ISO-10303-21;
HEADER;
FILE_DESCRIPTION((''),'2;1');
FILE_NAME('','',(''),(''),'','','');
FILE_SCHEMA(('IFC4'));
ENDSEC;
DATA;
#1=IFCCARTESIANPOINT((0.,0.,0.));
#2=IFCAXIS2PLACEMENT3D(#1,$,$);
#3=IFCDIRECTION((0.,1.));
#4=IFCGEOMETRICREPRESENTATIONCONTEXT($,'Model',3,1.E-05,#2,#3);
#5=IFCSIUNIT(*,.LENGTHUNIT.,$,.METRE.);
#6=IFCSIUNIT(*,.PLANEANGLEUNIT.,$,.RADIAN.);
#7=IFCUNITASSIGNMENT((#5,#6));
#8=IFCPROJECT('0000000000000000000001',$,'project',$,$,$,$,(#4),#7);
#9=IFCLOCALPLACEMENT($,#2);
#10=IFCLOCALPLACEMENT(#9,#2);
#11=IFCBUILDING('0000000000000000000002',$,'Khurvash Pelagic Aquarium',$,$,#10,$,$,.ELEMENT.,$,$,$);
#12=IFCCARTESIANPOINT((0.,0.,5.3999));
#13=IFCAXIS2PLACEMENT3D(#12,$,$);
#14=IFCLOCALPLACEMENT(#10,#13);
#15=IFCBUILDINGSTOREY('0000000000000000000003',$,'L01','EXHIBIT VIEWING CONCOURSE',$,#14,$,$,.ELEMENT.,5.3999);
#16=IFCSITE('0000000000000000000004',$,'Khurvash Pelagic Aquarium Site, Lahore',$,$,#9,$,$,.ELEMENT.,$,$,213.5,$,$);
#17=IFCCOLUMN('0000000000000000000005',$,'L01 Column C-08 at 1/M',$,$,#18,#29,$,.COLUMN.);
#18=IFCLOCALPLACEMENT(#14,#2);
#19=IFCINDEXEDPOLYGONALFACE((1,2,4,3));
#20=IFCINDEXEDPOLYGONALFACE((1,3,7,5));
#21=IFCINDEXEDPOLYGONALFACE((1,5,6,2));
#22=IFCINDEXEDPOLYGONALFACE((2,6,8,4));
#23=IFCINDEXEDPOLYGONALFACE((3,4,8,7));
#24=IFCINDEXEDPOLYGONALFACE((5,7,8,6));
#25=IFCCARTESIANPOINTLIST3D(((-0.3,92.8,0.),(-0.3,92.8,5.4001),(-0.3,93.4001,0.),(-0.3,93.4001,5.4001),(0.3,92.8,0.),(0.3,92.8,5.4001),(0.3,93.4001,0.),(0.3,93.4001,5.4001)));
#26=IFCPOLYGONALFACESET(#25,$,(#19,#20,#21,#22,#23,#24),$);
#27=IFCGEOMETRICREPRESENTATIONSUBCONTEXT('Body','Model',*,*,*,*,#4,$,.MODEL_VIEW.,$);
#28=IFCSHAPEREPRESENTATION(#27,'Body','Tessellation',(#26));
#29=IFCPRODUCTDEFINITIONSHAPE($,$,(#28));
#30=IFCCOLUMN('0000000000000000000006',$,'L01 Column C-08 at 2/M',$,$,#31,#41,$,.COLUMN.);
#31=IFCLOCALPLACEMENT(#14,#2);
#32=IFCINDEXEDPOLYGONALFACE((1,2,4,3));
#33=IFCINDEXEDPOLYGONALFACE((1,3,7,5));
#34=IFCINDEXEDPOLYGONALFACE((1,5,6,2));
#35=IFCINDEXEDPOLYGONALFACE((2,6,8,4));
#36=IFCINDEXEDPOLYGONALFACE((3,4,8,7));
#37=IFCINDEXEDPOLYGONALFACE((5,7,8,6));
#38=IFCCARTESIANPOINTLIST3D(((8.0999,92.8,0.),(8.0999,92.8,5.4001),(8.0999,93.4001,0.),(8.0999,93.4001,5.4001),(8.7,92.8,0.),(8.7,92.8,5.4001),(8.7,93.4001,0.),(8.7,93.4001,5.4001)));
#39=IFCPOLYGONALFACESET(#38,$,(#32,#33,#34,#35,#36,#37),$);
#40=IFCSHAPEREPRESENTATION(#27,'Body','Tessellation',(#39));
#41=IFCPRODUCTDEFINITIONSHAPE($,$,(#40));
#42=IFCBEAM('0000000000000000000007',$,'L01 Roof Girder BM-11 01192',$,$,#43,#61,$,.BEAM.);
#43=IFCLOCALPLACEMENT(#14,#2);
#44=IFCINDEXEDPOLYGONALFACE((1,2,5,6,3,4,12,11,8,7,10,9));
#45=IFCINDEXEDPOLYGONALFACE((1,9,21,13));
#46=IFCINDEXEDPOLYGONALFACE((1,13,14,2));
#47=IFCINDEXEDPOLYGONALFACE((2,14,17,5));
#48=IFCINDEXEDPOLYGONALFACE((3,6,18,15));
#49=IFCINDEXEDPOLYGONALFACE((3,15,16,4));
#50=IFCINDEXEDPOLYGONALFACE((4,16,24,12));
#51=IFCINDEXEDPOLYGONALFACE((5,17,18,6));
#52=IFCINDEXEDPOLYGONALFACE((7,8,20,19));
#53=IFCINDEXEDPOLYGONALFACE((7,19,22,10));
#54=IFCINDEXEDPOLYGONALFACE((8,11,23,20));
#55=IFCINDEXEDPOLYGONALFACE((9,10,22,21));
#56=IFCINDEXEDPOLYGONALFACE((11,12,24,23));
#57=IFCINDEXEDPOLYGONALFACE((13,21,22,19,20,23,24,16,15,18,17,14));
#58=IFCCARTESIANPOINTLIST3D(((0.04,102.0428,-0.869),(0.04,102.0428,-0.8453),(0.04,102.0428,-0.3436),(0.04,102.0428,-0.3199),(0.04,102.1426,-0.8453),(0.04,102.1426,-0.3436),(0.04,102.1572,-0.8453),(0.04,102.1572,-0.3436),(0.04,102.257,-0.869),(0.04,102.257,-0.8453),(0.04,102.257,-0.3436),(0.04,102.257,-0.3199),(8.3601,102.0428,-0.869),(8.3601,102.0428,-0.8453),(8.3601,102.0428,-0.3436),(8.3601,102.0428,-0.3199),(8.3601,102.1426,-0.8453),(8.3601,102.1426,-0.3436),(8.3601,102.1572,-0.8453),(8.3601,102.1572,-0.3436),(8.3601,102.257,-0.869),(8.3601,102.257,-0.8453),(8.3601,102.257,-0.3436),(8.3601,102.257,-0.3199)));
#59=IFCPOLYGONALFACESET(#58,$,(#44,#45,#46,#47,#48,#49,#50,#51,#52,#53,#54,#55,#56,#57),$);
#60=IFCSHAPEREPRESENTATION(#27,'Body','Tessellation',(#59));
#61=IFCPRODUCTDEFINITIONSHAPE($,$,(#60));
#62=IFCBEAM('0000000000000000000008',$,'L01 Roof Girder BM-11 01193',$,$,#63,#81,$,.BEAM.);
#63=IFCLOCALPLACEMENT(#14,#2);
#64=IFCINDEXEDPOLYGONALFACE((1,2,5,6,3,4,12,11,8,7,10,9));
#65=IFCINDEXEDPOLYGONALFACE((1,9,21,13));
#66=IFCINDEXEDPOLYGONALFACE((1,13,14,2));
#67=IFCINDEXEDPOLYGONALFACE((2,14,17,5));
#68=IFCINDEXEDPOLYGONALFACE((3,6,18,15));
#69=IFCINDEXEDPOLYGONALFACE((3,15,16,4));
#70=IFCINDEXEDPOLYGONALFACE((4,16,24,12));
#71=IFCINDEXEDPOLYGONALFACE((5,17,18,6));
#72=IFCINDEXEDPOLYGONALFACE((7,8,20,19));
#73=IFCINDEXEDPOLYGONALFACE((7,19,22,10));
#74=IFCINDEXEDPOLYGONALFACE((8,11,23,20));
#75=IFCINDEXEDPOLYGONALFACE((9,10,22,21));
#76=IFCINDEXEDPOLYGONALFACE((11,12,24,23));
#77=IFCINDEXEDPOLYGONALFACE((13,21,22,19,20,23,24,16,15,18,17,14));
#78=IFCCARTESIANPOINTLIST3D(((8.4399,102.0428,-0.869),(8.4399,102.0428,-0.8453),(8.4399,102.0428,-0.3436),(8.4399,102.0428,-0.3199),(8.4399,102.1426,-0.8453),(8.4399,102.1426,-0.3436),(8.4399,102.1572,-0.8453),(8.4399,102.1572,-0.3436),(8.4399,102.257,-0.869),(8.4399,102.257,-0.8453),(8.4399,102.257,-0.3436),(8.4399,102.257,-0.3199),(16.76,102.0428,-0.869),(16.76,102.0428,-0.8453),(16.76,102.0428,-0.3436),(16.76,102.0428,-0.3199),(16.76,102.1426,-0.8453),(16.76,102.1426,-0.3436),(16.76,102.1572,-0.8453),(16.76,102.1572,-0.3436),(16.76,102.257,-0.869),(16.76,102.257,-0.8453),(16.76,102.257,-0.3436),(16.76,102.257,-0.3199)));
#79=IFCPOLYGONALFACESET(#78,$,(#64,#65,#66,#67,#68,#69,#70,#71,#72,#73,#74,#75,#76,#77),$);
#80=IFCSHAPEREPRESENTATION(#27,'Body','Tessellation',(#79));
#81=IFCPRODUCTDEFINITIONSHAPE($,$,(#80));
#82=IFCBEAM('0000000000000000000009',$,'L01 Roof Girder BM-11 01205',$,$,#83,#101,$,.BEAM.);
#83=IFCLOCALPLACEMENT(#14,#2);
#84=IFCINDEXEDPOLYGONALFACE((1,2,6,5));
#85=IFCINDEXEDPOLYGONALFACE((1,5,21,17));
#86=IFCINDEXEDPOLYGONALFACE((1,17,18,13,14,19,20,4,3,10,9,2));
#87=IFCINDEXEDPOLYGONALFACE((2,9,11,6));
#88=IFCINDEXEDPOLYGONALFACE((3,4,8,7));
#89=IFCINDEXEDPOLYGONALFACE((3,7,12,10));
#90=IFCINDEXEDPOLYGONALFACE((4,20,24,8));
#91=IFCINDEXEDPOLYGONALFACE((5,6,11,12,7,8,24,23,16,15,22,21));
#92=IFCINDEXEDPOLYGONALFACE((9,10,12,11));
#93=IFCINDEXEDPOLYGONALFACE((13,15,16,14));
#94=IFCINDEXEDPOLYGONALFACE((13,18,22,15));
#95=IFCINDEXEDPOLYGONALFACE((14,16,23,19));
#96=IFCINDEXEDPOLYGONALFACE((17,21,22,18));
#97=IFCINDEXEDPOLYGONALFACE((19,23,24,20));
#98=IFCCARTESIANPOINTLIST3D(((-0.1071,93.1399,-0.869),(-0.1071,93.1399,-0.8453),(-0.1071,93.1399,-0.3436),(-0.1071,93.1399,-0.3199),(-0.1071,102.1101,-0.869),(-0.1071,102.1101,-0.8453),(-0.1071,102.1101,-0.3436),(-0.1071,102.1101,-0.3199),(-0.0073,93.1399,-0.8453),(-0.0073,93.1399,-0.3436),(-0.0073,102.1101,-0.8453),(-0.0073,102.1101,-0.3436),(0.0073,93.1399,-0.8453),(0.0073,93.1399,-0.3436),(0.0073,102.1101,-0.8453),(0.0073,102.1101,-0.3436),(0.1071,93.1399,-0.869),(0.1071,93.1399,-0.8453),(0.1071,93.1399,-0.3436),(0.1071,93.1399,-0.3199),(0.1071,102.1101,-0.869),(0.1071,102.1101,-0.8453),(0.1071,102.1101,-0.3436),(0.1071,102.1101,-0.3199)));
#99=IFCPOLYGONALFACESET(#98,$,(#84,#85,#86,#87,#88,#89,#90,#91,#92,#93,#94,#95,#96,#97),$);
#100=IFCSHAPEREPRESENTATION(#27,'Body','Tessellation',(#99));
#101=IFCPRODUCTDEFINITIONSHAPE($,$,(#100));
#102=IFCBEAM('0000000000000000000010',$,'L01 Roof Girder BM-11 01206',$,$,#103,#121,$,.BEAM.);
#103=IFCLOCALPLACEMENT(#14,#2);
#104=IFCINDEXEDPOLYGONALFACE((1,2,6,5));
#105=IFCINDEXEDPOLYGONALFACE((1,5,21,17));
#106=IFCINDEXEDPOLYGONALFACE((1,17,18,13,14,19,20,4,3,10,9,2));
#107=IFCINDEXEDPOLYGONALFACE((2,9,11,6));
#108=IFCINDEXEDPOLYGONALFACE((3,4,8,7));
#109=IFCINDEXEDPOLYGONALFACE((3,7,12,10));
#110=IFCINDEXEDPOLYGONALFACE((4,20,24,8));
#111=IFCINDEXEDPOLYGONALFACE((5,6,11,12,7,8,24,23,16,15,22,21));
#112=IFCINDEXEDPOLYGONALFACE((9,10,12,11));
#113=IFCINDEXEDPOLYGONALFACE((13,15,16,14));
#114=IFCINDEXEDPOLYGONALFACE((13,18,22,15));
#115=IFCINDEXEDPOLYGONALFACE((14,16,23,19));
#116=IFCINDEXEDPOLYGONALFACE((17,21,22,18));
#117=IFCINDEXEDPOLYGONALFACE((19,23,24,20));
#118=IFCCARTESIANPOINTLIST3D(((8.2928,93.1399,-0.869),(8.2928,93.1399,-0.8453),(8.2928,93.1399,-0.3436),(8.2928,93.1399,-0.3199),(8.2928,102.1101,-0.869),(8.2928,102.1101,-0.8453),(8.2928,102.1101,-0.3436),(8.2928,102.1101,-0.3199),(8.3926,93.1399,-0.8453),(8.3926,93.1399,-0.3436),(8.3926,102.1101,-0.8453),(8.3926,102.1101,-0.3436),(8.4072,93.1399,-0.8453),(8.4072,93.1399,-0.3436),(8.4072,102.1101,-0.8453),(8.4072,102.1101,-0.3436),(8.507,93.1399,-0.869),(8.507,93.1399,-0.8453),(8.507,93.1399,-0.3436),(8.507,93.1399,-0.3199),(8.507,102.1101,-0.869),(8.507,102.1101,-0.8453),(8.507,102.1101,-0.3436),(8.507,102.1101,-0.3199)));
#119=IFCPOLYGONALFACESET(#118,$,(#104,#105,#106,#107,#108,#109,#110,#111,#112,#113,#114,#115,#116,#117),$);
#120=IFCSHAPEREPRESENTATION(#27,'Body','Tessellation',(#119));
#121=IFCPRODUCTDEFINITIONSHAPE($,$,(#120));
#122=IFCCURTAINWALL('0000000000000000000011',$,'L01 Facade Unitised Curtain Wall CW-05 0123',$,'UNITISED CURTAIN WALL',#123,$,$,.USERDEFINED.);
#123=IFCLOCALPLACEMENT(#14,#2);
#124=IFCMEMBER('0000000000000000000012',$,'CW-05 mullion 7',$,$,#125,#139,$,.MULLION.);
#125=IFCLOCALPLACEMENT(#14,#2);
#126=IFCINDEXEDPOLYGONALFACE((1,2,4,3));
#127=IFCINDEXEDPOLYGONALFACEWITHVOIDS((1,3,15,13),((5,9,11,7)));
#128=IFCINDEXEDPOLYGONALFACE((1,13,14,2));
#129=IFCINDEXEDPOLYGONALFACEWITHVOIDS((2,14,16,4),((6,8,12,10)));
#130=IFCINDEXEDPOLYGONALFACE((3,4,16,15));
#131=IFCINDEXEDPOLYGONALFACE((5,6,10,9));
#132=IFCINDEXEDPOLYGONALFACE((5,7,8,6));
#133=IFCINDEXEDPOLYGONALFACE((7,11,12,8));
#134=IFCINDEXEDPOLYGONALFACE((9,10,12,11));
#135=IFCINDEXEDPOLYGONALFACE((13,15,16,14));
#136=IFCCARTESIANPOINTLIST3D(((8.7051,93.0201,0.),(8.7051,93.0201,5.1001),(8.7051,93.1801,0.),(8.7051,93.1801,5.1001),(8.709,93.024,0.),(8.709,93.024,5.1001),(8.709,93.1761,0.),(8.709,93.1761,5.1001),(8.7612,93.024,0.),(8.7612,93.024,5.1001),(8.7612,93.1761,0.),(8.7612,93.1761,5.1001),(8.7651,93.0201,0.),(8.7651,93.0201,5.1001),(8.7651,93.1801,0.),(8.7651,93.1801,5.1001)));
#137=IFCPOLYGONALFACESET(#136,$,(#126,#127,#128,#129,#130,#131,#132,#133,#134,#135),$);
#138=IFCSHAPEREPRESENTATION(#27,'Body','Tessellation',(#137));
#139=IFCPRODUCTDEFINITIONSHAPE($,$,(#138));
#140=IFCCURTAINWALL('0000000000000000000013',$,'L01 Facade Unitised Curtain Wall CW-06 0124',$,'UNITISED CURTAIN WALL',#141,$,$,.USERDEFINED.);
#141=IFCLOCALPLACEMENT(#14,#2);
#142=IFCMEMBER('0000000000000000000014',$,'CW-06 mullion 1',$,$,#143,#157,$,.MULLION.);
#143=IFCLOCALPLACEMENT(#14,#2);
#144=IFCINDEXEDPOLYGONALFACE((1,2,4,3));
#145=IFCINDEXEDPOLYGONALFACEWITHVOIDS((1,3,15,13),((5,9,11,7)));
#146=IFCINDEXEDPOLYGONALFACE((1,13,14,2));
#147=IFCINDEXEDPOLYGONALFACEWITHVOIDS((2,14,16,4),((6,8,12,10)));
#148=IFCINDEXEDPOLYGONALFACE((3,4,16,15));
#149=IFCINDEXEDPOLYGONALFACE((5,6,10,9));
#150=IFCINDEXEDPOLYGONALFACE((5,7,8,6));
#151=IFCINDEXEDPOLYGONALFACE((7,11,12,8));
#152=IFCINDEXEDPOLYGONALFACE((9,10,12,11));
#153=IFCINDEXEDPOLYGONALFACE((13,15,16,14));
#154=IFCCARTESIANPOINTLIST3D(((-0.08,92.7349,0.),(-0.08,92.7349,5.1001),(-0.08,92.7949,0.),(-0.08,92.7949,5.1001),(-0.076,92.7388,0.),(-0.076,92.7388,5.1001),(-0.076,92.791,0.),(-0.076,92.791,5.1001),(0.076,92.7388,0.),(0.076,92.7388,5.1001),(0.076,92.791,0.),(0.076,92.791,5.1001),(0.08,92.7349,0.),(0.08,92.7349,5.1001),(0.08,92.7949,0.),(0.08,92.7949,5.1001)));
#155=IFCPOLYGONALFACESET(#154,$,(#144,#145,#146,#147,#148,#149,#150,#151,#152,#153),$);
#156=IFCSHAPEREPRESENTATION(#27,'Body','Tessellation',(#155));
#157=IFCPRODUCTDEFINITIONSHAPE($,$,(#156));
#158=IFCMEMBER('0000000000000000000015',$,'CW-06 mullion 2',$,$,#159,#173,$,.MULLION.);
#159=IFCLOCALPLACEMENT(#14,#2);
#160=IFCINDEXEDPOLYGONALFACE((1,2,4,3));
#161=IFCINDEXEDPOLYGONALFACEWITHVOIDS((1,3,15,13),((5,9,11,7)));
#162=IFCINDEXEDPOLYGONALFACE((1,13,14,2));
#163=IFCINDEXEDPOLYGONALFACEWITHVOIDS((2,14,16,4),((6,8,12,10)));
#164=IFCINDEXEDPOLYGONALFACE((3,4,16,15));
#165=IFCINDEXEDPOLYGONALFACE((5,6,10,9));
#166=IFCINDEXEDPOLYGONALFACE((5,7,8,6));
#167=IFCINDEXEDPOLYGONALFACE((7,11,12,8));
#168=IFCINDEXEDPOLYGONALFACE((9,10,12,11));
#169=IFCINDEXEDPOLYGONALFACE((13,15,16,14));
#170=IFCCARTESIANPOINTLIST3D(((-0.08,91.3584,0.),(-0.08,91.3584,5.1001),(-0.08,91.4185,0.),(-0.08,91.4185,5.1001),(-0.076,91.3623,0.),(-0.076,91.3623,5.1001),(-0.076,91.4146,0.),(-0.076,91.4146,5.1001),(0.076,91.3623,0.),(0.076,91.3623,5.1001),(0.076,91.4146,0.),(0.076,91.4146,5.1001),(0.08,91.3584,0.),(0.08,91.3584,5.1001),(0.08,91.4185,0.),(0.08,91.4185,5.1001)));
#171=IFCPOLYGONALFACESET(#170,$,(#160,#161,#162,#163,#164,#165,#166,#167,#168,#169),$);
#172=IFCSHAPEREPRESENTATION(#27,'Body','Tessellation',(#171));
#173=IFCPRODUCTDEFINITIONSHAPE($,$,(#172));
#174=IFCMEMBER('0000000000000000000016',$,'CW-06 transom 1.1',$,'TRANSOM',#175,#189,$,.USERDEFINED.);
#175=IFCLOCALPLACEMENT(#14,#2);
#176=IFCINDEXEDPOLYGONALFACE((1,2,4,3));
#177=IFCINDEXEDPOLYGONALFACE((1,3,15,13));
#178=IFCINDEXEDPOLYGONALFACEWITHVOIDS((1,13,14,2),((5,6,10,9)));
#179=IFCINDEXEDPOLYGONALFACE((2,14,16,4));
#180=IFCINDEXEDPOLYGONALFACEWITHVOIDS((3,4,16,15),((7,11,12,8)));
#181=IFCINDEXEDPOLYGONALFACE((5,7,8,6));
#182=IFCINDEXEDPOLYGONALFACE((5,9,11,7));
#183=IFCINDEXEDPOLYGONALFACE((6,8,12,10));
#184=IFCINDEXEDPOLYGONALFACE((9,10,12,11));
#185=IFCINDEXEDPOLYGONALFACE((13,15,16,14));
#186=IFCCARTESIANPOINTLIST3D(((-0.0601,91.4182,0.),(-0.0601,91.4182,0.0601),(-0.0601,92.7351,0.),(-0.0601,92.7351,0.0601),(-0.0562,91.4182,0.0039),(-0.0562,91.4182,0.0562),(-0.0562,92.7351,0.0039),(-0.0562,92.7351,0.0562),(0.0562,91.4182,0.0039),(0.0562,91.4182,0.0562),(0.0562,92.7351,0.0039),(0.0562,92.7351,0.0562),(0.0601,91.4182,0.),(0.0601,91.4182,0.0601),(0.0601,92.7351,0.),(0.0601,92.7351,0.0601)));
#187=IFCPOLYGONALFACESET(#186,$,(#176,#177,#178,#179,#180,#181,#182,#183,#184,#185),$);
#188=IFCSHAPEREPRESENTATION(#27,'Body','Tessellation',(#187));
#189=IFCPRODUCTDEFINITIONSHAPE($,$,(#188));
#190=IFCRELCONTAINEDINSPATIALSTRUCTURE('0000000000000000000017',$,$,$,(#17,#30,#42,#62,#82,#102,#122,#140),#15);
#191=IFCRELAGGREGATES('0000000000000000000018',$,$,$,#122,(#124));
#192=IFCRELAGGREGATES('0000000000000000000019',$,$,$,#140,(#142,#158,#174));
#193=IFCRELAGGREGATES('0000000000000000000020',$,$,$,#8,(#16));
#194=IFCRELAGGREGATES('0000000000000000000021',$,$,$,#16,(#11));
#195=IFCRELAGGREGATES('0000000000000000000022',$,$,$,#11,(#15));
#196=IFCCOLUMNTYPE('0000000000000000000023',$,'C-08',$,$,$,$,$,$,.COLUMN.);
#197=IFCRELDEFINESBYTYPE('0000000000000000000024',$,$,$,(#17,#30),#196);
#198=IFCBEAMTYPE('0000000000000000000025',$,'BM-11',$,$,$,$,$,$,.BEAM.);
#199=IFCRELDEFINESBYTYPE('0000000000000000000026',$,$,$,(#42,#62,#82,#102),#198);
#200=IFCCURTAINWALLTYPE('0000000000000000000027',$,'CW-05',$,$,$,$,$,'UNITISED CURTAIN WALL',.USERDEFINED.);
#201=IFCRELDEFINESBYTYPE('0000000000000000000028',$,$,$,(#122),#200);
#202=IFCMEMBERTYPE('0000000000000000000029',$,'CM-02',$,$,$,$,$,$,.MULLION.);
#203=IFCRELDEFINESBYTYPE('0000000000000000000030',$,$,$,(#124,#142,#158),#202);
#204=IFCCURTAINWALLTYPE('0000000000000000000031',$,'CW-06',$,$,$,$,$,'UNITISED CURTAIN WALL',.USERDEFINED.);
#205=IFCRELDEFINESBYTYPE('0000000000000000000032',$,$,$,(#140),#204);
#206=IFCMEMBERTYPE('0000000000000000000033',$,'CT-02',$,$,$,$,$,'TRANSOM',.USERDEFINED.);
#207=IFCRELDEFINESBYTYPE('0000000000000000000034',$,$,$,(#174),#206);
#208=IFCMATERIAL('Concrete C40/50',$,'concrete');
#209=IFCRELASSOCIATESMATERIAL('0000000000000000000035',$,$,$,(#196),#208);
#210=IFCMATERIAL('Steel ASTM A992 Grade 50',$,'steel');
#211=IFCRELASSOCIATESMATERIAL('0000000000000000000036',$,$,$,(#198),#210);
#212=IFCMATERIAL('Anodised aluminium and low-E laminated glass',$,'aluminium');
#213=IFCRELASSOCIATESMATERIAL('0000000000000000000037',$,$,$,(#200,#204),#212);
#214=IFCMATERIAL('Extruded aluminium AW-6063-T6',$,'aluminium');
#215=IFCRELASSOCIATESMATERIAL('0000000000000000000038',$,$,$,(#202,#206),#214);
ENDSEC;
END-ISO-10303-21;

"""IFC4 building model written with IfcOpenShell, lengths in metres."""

from ifc_helpers import new_model, si_unit, direction, frame, origin, origin_2d, place, context, subcontext, project, spatial, rectangle, hollow_rectangle, i_section, extrude, material, material_profile, profile_set, type_object, element, aggregate, save


model = new_model("IFC4")

# Units and contexts
model_context = context("Model", 3, precision=1e-05, world=origin(), true_north=direction((0.0, 1.0)))
body_context = subcontext(model_context, "Body", "Model", "MODEL_VIEW")
ifc_project = project(units=[si_unit("LENGTHUNIT", "METRE"), si_unit("PLANEANGLEUNIT", "RADIAN")], contexts=[model_context])

# Site, building, storey
site_placement = place(None, origin())
site = spatial("IfcSite", under=ifc_project, at=site_placement, Name="Khurvash Pelagic Aquarium Site, Lahore", CompositionType="ELEMENT", RefElevation=213.5)
building_placement = place(site_placement, origin())
building = spatial("IfcBuilding", under=site, at=building_placement, Name="Khurvash Pelagic Aquarium", CompositionType="ELEMENT")
storey_placement = place(building_placement, frame((0.0, 0.0, 5.3999)))
storey = spatial("IfcBuildingStorey", under=building, at=storey_placement, Name="L01", Description="EXHIBIT VIEWING CONCOURSE", CompositionType="ELEMENT", Elevation=5.3999)

# Columns
ifc_material_1 = material(Name="Concrete C40/50", Category="concrete")
ifc_material_profile_1 = material_profile(ifc_material_1, rectangle(XDim=0.6001, YDim=0.6001, at=origin_2d()), Name="RC600X600")
ifc_profile_set_1 = profile_set([ifc_material_profile_1], Name="Concrete C40/50")
column_type = type_object("IfcColumnType", Name="C-08", PredefinedType="COLUMN", material=ifc_profile_set_1)
for number, where, z_axis, x_axis, name in (
    (1, (0.0, 93.1001, 0.0), (0.0, 0.0, 1.0), (1.0, 0.0, 0.0), "L01 Column C-08 at 1/M"),
    (2, (8.3999, 93.1001, 0.0), (0.0, 0.0, 1.0), (1.0, 0.0, 0.0), "L01 Column C-08 at 2/M"),
):
    element("IfcColumn", number, at=place(storey_placement, frame(where, z_axis=z_axis, x_axis=x_axis)), inside=storey, type_object=column_type, Name=name, PredefinedType="COLUMN", context=body_context, shape_type="SweptSolid", body=[
        extrude(rectangle(XDim=0.6001, YDim=0.6001, at=origin_2d()), origin(), (0.0, 0.0, 1.0), 5.4001),
    ])

# Beams
ifc_material_2 = material(Name="Steel ASTM A992 Grade 50", Category="steel")
ifc_material_profile_2 = material_profile(ifc_material_2, i_section(OverallWidth=0.2141, OverallDepth=0.5491, WebThickness=0.0146, FlangeThickness=0.0237, at=origin_2d()), Name="W21X93")
ifc_profile_set_2 = profile_set([ifc_material_profile_2], Name="Steel ASTM A992 Grade 50")
beam_type_1 = type_object("IfcBeamType", Name="BM-11", PredefinedType="BEAM", material=ifc_profile_set_2)
for number, where, z_axis, x_axis, name in (
    (3, (0.04, 102.1499, -0.5945), (1.0, 0.0, 0.0), (0.0, 1.0, 0.0), "L01 Roof Girder BM-11 01192"),
    (4, (8.4399, 102.1499, -0.5945), (1.0, 0.0, 0.0), (0.0, 1.0, 0.0), "L01 Roof Girder BM-11 01193"),
):
    element("IfcBeam", number, at=place(storey_placement, frame(where, z_axis=z_axis, x_axis=x_axis)), inside=storey, type_object=beam_type_1, Name=name, PredefinedType="BEAM", context=body_context, shape_type="SweptSolid", body=[
        extrude(i_section(OverallWidth=0.2141, OverallDepth=0.5491, WebThickness=0.0146, FlangeThickness=0.0237, at=origin_2d()), origin(), (0.0, 0.0, 1.0), 8.3201),
    ])
for number, where, z_axis, x_axis, name in (
    (5, (0.0, 93.1399, -0.5945), (0.0, 1.0, 0.0), (-1.0, 0.0, 0.0), "L01 Roof Girder BM-11 01205"),
    (6, (8.3999, 93.1399, -0.5945), (0.0, 1.0, 0.0), (-1.0, 0.0, 0.0), "L01 Roof Girder BM-11 01206"),
):
    element("IfcBeam", number, at=place(storey_placement, frame(where, z_axis=z_axis, x_axis=x_axis)), inside=storey, type_object=beam_type_1, Name=name, PredefinedType="BEAM", context=body_context, shape_type="SweptSolid", body=[
        extrude(i_section(OverallWidth=0.2141, OverallDepth=0.5491, WebThickness=0.0146, FlangeThickness=0.0237, at=origin_2d()), origin(), (0.0, 0.0, 1.0), 8.9702),
    ])

# Curtain wall, member
ifc_material_3 = material(Name="Anodised aluminium and low-E laminated glass", Category="aluminium")
curtain_wall_type_1 = type_object("IfcCurtainWallType", Name="CW-05", ElementType="UNITISED CURTAIN WALL", PredefinedType="USERDEFINED", material=ifc_material_3)
curtain_wall_1_placement = place(storey_placement, origin())
curtain_wall_1 = element("IfcCurtainWall", 7, at=curtain_wall_1_placement, inside=storey, type_object=curtain_wall_type_1, Name="L01 Facade Unitised Curtain Wall CW-05 0123", ObjectType="UNITISED CURTAIN WALL", PredefinedType="USERDEFINED")
ifc_material_4 = material(Name="Extruded aluminium AW-6063-T6", Category="aluminium")
ifc_material_profile_3 = material_profile(ifc_material_4, hollow_rectangle(XDim=0.0601, YDim=0.1599, WallThickness=0.0039, at=origin_2d()), Name="CWM60X160X4")
ifc_profile_set_3 = profile_set([ifc_material_profile_3], Name="Extruded aluminium AW-6063-T6")
member_type_1 = type_object("IfcMemberType", Name="CM-02", PredefinedType="MULLION", material=ifc_profile_set_3)
member_1_placement = place(storey_placement, frame((8.7351, 93.1001, 0.0), z_axis=(0.0, 0.0, 1.0), x_axis=(-1.0, 0.0, 0.0)))
member_1 = element("IfcMember", 8, at=member_1_placement, type_object=member_type_1, Name="CW-05 mullion 7", PredefinedType="MULLION", context=body_context, shape_type="SweptSolid", body=[
    extrude(hollow_rectangle(XDim=0.0601, YDim=0.1599, WallThickness=0.0039, at=origin_2d()), origin(), (0.0, 0.0, 1.0), 5.1001),
])

# Curtain wall, members
curtain_wall_type_2 = type_object("IfcCurtainWallType", Name="CW-06", ElementType="UNITISED CURTAIN WALL", PredefinedType="USERDEFINED", material=ifc_material_3)
curtain_wall_2_placement = place(storey_placement, origin())
curtain_wall_2 = element("IfcCurtainWall", 9, at=curtain_wall_2_placement, inside=storey, type_object=curtain_wall_type_2, Name="L01 Facade Unitised Curtain Wall CW-06 0124", ObjectType="UNITISED CURTAIN WALL", PredefinedType="USERDEFINED")
member_2_placement = place(storey_placement, frame((0.0, 92.7649, 0.0), z_axis=(0.0, 0.0, 1.0), x_axis=(0.0, -1.0, 0.0)))
member_2 = element("IfcMember", 10, at=member_2_placement, type_object=member_type_1, Name="CW-06 mullion 1", PredefinedType="MULLION", context=body_context, shape_type="SweptSolid", body=[
    extrude(hollow_rectangle(XDim=0.0601, YDim=0.1599, WallThickness=0.0039, at=origin_2d()), origin(), (0.0, 0.0, 1.0), 5.1001),
])
member_3_placement = place(storey_placement, frame((0.0, 91.3884, 0.0), z_axis=(0.0, 0.0, 1.0), x_axis=(0.0, -1.0, 0.0)))
member_3 = element("IfcMember", 11, at=member_3_placement, type_object=member_type_1, Name="CW-06 mullion 2", PredefinedType="MULLION", context=body_context, shape_type="SweptSolid", body=[
    extrude(hollow_rectangle(XDim=0.0601, YDim=0.1599, WallThickness=0.0039, at=origin_2d()), origin(), (0.0, 0.0, 1.0), 5.1001),
])
ifc_material_profile_4 = material_profile(ifc_material_4, hollow_rectangle(XDim=0.1201, YDim=0.0601, WallThickness=0.0039, at=origin_2d()), Name="CWT120X60X4")
ifc_profile_set_4 = profile_set([ifc_material_profile_4], Name="Extruded aluminium AW-6063-T6")
member_type_2 = type_object("IfcMemberType", Name="CT-02", ElementType="TRANSOM", PredefinedType="USERDEFINED", material=ifc_profile_set_4)
member_4_placement = place(storey_placement, frame((0.0, 92.7351, 0.03), z_axis=(0.0, -1.0, 0.0), x_axis=(1.0, 0.0, 0.0)))
member_4 = element("IfcMember", 12, at=member_4_placement, type_object=member_type_2, Name="CW-06 transom 1.1", ObjectType="TRANSOM", PredefinedType="USERDEFINED", context=body_context, shape_type="SweptSolid", body=[
    extrude(hollow_rectangle(XDim=0.1201, YDim=0.0601, WallThickness=0.0039, at=origin_2d()), origin(), (0.0, 0.0, 1.0), 1.3169),
])

aggregate(curtain_wall_1, [member_1])
aggregate(curtain_wall_2, [member_2, member_3, member_4])

save(model, "model.ifc")
